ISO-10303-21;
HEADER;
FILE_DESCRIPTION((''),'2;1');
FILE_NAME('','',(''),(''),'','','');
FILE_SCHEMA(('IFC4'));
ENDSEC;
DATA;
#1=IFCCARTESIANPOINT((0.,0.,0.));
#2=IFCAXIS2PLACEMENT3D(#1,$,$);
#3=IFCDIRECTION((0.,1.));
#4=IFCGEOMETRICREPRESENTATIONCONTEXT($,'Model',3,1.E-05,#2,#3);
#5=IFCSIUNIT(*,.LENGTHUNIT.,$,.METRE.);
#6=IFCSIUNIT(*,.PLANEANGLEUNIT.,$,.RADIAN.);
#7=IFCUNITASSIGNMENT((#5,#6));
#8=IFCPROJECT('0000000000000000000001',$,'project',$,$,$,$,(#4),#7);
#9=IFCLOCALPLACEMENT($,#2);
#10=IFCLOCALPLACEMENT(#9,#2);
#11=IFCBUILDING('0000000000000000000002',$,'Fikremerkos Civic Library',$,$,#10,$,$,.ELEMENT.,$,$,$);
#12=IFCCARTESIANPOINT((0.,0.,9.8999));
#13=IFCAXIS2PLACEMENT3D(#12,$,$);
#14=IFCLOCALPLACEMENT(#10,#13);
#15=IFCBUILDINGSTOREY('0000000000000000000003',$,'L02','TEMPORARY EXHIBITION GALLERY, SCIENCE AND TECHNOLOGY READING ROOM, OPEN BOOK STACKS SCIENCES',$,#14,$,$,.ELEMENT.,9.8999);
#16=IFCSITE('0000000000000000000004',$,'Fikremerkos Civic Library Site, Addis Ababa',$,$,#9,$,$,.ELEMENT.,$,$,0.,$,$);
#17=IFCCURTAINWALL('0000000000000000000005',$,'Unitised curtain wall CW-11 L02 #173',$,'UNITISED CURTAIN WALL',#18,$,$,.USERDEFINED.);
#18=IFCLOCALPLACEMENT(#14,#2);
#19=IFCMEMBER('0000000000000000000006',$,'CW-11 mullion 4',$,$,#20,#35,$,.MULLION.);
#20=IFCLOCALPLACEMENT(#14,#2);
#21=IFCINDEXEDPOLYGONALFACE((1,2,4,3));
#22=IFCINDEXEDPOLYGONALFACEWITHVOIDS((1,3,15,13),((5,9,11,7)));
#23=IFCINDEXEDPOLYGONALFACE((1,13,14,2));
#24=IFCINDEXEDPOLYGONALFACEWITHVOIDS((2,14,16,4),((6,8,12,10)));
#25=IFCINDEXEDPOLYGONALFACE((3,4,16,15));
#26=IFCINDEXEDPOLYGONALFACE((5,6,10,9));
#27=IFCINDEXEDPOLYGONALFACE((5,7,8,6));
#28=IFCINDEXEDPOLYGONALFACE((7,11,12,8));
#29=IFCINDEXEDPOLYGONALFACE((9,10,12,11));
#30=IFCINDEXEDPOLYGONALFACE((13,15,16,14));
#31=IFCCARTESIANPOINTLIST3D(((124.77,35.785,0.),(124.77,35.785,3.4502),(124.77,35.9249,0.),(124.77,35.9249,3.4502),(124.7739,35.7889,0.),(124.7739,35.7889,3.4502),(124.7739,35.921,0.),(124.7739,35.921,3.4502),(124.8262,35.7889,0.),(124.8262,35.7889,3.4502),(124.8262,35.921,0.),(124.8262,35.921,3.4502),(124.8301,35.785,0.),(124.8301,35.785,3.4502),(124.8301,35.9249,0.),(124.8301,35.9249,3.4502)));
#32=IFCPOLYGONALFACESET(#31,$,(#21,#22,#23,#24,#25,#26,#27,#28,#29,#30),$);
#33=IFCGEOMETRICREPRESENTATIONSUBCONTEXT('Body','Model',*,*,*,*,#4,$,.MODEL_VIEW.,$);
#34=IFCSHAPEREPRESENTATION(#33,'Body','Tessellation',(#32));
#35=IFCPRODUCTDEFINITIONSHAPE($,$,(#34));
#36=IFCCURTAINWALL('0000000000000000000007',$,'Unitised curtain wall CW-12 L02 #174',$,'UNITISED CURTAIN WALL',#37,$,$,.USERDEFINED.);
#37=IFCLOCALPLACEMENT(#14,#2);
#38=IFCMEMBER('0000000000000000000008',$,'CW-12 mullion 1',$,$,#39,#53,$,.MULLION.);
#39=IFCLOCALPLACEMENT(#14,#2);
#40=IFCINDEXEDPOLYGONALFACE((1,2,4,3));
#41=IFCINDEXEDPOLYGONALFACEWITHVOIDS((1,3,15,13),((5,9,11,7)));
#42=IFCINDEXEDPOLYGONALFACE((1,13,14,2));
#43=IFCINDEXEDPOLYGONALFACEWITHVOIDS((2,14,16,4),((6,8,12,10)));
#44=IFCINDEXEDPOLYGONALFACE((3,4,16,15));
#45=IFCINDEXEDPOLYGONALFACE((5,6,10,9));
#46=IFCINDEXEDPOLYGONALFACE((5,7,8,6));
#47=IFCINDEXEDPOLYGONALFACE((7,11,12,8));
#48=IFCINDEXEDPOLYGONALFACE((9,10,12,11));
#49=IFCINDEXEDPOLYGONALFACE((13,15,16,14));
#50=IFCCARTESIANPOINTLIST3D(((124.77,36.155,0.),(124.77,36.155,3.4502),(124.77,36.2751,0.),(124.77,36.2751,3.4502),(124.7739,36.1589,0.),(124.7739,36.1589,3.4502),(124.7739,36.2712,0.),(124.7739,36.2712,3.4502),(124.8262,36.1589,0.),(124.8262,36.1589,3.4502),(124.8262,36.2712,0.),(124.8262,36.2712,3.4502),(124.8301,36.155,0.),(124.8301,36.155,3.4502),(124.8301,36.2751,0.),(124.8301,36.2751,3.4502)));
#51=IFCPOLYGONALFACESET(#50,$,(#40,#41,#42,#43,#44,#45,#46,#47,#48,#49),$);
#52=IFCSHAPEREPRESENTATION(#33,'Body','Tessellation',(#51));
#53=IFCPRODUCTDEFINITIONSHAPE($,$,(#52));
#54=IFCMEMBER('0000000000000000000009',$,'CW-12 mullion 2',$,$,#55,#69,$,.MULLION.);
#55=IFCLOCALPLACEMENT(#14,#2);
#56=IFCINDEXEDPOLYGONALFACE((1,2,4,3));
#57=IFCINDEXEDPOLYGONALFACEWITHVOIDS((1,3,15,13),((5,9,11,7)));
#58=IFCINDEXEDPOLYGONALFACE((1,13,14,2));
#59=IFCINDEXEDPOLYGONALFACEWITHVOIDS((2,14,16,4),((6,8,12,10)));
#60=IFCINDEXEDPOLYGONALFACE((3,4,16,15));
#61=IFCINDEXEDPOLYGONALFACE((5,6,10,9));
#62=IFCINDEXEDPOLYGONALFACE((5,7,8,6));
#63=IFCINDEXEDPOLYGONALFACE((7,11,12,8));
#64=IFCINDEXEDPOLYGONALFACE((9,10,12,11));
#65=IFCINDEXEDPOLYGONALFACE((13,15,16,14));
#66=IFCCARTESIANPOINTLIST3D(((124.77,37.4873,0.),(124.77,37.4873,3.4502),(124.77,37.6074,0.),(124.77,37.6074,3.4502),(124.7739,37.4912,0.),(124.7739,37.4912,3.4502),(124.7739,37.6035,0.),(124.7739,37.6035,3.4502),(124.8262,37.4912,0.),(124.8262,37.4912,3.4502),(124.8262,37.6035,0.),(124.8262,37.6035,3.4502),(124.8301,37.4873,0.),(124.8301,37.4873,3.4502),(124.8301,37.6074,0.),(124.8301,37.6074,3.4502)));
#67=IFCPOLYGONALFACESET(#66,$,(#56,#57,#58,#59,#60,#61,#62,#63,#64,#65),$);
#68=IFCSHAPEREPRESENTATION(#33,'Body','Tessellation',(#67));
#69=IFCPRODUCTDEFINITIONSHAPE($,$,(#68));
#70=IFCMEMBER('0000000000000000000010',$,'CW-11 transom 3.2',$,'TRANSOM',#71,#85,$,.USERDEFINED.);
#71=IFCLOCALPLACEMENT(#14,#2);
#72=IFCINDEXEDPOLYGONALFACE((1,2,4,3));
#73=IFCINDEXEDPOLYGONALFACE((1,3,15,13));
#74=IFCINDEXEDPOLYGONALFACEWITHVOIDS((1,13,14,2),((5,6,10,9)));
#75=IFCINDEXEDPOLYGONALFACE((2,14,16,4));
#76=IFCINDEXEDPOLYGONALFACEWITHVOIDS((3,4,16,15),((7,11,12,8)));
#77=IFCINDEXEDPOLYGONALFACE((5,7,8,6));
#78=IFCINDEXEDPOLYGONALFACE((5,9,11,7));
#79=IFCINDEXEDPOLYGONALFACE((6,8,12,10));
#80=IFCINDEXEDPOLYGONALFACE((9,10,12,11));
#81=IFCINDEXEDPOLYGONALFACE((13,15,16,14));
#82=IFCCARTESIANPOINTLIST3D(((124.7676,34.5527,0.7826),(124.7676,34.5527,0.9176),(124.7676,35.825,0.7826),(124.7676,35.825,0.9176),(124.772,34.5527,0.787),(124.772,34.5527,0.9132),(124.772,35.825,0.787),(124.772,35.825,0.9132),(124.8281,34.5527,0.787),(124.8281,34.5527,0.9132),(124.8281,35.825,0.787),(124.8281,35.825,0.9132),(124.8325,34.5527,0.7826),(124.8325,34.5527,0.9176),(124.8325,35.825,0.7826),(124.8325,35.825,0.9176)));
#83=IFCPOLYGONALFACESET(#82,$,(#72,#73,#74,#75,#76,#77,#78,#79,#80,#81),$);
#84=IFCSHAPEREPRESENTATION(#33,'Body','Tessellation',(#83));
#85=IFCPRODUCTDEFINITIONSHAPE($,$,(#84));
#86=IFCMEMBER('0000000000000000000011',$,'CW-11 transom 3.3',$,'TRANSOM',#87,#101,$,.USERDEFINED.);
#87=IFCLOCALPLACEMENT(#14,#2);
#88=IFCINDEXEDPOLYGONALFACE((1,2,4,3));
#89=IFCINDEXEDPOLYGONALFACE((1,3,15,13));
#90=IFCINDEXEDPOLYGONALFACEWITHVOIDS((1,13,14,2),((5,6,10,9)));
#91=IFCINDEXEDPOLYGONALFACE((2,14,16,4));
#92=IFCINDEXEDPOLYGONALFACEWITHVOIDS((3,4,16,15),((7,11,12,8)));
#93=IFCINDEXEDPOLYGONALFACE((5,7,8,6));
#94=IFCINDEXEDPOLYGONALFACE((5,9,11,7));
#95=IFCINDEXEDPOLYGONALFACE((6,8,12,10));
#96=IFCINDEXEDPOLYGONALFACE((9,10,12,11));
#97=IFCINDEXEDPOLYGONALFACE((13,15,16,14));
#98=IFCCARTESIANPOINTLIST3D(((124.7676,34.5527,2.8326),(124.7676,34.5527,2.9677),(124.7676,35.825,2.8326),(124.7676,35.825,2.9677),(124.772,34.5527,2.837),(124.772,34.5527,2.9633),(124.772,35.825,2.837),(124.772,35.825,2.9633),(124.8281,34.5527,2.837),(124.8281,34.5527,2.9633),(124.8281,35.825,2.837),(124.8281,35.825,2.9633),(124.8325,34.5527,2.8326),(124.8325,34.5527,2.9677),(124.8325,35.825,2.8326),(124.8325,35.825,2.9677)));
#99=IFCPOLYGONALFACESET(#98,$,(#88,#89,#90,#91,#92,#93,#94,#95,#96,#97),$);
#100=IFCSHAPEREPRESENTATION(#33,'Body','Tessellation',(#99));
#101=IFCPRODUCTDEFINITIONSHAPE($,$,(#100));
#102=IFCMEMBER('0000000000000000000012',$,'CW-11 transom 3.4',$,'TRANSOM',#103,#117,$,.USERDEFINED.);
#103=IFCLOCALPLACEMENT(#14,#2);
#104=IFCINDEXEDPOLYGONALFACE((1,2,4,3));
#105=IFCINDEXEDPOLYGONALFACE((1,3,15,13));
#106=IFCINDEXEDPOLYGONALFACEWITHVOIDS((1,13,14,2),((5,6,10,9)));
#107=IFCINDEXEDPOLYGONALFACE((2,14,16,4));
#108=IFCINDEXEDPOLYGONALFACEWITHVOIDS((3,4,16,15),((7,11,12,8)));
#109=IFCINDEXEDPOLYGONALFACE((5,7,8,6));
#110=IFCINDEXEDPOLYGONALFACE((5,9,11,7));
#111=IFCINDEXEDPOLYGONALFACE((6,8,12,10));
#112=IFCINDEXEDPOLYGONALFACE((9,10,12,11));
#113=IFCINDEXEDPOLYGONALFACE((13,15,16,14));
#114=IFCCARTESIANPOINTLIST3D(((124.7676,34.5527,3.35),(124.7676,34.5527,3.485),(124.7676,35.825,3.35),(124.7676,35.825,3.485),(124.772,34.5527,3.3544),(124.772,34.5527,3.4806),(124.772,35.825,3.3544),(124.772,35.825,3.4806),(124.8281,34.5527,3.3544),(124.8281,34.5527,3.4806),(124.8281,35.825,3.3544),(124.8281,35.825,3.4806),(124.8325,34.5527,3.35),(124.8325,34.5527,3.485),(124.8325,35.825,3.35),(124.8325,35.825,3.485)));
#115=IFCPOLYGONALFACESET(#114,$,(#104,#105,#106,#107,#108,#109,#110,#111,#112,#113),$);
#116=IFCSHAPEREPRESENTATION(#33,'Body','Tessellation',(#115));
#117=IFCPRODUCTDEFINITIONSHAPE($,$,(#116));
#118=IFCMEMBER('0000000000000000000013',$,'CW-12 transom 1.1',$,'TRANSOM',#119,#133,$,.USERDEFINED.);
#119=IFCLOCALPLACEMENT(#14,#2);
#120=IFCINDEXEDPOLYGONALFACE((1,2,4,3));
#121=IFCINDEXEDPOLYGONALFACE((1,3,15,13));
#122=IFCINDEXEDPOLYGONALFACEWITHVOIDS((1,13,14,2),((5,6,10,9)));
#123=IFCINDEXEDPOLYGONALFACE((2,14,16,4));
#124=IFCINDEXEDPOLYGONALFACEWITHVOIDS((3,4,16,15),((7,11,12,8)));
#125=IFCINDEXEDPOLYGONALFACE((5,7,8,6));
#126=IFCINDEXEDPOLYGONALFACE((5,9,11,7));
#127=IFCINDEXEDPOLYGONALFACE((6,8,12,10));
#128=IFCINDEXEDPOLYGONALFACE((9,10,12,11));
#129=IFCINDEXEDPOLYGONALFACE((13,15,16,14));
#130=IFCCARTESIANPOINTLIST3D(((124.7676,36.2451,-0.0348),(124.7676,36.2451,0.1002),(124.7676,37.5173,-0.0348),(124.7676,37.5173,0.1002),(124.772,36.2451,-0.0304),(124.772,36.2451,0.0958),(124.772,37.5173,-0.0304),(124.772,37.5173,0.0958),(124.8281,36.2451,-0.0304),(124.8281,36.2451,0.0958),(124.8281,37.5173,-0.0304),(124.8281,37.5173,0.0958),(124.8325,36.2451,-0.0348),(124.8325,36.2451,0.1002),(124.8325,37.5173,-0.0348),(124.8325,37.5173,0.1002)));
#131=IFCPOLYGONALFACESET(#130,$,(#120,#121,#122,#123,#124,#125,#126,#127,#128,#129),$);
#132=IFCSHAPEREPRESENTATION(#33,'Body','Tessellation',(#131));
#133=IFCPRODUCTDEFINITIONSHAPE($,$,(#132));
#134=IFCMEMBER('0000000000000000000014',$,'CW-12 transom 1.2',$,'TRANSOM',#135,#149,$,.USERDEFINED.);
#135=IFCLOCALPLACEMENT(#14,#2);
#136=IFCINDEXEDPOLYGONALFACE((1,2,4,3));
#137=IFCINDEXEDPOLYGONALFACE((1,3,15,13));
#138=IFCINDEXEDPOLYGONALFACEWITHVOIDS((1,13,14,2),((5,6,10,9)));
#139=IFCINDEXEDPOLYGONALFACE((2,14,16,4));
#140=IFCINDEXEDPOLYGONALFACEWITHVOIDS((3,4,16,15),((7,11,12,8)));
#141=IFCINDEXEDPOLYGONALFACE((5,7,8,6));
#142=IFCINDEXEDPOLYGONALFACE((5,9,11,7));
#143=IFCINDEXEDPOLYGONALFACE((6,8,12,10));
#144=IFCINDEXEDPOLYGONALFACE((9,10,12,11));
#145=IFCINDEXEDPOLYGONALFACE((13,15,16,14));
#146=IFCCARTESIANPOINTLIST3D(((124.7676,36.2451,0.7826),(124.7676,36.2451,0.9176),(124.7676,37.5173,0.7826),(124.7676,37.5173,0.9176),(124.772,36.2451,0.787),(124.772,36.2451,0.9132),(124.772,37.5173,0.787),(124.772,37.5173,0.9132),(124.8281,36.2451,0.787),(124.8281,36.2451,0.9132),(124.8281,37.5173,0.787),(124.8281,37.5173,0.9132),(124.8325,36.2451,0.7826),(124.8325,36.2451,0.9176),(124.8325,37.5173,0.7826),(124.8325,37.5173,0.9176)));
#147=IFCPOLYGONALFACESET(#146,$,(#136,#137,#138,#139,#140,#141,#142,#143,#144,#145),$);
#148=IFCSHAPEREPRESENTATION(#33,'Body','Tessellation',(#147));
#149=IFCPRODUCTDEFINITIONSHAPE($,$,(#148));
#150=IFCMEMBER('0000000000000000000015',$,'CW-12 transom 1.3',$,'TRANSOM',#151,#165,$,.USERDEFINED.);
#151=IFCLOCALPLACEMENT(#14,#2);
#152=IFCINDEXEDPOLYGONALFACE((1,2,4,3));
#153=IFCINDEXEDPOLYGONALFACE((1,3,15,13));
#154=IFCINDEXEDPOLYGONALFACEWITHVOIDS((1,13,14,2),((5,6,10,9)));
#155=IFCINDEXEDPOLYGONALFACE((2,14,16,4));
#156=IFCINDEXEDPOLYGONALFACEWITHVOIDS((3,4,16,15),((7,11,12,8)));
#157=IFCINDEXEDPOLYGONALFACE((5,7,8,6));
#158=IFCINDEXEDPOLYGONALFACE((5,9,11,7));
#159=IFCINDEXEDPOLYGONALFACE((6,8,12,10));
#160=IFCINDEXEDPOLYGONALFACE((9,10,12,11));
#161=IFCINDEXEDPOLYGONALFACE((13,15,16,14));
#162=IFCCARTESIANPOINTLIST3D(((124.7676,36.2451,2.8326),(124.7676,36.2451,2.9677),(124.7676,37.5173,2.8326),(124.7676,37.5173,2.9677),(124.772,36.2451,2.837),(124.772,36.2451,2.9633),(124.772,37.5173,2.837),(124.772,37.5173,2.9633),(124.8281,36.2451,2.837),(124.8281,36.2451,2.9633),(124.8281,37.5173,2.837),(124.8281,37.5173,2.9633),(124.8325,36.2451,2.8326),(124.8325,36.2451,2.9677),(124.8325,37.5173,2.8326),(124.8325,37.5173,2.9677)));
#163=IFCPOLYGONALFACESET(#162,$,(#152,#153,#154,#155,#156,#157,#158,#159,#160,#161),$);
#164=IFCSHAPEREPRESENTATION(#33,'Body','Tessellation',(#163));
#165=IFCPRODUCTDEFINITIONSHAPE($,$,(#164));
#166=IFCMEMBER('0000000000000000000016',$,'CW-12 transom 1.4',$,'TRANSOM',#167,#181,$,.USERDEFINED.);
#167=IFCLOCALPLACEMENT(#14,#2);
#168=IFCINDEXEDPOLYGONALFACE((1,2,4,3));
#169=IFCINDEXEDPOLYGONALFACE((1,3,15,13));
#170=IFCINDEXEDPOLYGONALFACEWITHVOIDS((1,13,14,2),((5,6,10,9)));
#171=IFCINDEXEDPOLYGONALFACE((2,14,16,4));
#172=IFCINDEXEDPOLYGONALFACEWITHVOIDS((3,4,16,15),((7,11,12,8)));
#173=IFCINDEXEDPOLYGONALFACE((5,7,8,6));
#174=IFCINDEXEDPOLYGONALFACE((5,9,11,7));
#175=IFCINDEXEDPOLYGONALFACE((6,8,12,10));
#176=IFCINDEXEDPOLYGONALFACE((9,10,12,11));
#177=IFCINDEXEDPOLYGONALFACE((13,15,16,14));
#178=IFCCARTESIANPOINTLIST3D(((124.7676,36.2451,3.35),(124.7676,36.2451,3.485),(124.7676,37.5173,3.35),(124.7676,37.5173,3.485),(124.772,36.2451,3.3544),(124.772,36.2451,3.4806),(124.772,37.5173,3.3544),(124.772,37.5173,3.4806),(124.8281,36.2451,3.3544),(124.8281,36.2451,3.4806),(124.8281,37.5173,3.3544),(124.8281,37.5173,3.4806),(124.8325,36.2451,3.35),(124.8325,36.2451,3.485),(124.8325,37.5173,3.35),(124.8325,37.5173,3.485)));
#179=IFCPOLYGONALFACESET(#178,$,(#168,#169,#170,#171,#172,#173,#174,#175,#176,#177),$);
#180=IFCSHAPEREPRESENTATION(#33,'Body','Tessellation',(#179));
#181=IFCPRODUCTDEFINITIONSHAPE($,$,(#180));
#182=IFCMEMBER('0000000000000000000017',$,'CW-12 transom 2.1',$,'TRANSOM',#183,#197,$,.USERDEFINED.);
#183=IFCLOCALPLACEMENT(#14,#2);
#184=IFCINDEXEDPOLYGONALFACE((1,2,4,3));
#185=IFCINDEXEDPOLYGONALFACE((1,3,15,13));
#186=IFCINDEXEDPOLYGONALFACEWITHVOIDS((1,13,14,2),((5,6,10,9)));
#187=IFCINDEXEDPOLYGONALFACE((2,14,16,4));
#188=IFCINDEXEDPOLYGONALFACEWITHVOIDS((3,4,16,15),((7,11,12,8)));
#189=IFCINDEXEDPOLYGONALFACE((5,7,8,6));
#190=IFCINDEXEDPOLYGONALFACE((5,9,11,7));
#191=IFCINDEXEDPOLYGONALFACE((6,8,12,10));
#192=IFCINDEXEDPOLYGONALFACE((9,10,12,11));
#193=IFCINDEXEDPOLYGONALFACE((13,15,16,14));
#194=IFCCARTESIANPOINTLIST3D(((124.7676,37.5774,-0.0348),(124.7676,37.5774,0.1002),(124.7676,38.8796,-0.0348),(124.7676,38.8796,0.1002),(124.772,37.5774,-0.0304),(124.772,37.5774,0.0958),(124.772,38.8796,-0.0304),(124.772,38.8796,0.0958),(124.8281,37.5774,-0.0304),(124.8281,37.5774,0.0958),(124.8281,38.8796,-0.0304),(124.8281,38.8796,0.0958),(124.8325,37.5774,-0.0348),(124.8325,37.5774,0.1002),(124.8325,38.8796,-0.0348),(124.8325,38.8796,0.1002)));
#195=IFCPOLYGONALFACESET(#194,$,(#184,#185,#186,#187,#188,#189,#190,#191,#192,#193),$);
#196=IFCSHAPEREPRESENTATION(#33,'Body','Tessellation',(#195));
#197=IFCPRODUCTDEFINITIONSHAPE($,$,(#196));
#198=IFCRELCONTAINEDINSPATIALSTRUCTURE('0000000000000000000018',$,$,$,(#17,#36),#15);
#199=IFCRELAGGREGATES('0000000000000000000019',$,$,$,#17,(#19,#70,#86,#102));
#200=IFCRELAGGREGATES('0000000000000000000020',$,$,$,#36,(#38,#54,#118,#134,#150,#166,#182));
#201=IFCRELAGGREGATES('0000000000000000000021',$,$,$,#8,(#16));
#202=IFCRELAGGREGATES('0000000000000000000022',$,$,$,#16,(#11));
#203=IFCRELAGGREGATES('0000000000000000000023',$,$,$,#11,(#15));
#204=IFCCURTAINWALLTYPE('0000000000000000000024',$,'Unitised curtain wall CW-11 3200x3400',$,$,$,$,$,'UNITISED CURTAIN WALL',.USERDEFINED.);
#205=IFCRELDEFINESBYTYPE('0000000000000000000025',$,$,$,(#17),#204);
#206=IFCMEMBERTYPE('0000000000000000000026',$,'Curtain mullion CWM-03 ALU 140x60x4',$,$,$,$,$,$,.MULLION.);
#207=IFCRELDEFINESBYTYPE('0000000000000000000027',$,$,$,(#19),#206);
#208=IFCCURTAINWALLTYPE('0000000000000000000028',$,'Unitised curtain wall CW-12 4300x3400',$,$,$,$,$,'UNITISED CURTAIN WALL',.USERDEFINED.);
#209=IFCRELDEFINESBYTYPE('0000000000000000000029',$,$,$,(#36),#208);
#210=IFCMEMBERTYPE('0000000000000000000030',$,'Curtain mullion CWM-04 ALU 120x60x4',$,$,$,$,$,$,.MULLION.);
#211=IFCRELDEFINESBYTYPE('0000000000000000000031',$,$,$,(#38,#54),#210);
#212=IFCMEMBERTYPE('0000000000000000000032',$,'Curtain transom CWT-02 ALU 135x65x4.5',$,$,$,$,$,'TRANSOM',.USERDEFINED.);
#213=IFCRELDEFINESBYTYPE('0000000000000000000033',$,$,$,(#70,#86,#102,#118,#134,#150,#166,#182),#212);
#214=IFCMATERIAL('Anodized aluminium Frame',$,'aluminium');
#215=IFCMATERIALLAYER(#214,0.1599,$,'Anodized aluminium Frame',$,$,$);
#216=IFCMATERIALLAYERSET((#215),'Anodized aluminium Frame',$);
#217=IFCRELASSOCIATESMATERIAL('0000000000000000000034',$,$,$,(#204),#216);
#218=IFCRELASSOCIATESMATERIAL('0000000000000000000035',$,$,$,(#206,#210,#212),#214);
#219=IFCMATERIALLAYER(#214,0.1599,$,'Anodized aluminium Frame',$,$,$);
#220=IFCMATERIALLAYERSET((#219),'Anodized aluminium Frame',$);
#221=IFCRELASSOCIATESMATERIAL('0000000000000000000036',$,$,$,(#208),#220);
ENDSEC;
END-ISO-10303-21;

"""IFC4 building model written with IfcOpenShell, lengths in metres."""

from ifc_helpers import new_model, si_unit, direction, frame, origin, origin_2d, place, context, subcontext, project, spatial, hollow_rectangle, extrude, material, layer, layer_set, material_profile, profile_set, type_object, element, aggregate, save


model = new_model("IFC4")

# Units and contexts
model_context = context("Model", 3, precision=1e-05, world=origin(), true_north=direction((0.0, 1.0)))
body_context = subcontext(model_context, "Body", "Model", "MODEL_VIEW")
ifc_project = project(units=[si_unit("LENGTHUNIT", "METRE"), si_unit("PLANEANGLEUNIT", "RADIAN")], contexts=[model_context])

# Site, building, storey
site_placement = place(None, origin())
site = spatial("IfcSite", under=ifc_project, at=site_placement, Name="Fikremerkos Civic Library Site, Addis Ababa", CompositionType="ELEMENT", RefElevation=0.0)
building_placement = place(site_placement, origin())
building = spatial("IfcBuilding", under=site, at=building_placement, Name="Fikremerkos Civic Library", CompositionType="ELEMENT")
storey_placement = place(building_placement, frame((0.0, 0.0, 9.8999)))
storey = spatial("IfcBuildingStorey", under=building, at=storey_placement, Name="L02", Description="TEMPORARY EXHIBITION GALLERY, SCIENCE AND TECHNOLOGY READING ROOM, OPEN BOOK STACKS SCIENCES", CompositionType="ELEMENT", Elevation=9.8999)

# Curtain wall, member
ifc_material_1 = material(Name="Anodized aluminium Frame", Category="aluminium")
ifc_layer_1 = layer(ifc_material_1, 0.1599, Name="Anodized aluminium Frame")
ifc_layer_set_1 = layer_set([ifc_layer_1], Name="Anodized aluminium Frame")
curtain_wall_type_1 = type_object("IfcCurtainWallType", Name="Unitised curtain wall CW-11 3200x3400", ElementType="UNITISED CURTAIN WALL", PredefinedType="USERDEFINED", material=ifc_layer_set_1)
curtain_wall_1_placement = place(storey_placement, origin())
curtain_wall_1 = element("IfcCurtainWall", 1, at=curtain_wall_1_placement, inside=storey, type_object=curtain_wall_type_1, Name="Unitised curtain wall CW-11 L02 #173", ObjectType="UNITISED CURTAIN WALL", PredefinedType="USERDEFINED")
ifc_material_profile_1 = material_profile(ifc_material_1, hollow_rectangle(XDim=0.0601, YDim=0.1399, WallThickness=0.0039, at=origin_2d()), Name="ALU 140x60x4")
ifc_profile_set_1 = profile_set([ifc_material_profile_1], Name="Anodized aluminium Frame")
member_type_1 = type_object("IfcMemberType", Name="Curtain mullion CWM-03 ALU 140x60x4", PredefinedType="MULLION", material=ifc_profile_set_1)
member_1_placement = place(storey_placement, frame((124.8, 35.855, 0.0), z_axis=(0.0, 0.0, 1.0), x_axis=(-1.0, 0.0, 0.0)))
member_1 = element("IfcMember", 2, at=member_1_placement, type_object=member_type_1, Name="CW-11 mullion 4", PredefinedType="MULLION", context=body_context, shape_type="SweptSolid", body=[
    extrude(hollow_rectangle(XDim=0.0601, YDim=0.1399, WallThickness=0.0039, at=origin_2d()), origin(), (0.0, 0.0, 1.0), 3.4502),
])

# Curtain wall, members
ifc_layer_2 = layer(ifc_material_1, 0.1599, Name="Anodized aluminium Frame")
ifc_layer_set_2 = layer_set([ifc_layer_2], Name="Anodized aluminium Frame")
curtain_wall_type_2 = type_object("IfcCurtainWallType", Name="Unitised curtain wall CW-12 4300x3400", ElementType="UNITISED CURTAIN WALL", PredefinedType="USERDEFINED", material=ifc_layer_set_2)
curtain_wall_2_placement = place(storey_placement, origin())
curtain_wall_2 = element("IfcCurtainWall", 3, at=curtain_wall_2_placement, inside=storey, type_object=curtain_wall_type_2, Name="Unitised curtain wall CW-12 L02 #174", ObjectType="UNITISED CURTAIN WALL", PredefinedType="USERDEFINED")
ifc_material_profile_2 = material_profile(ifc_material_1, hollow_rectangle(XDim=0.0601, YDim=0.1201, WallThickness=0.0039, at=origin_2d()), Name="ALU 120x60x4")
ifc_profile_set_2 = profile_set([ifc_material_profile_2], Name="Anodized aluminium Frame")
member_type_2 = type_object("IfcMemberType", Name="Curtain mullion CWM-04 ALU 120x60x4", PredefinedType="MULLION", material=ifc_profile_set_2)
member_2_placement = place(storey_placement, frame((124.8, 36.2151, 0.0), z_axis=(0.0, 0.0, 1.0), x_axis=(-1.0, 0.0, 0.0)))
member_2 = element("IfcMember", 4, at=member_2_placement, type_object=member_type_2, Name="CW-12 mullion 1", PredefinedType="MULLION", context=body_context, shape_type="SweptSolid", body=[
    extrude(hollow_rectangle(XDim=0.0601, YDim=0.1201, WallThickness=0.0039, at=origin_2d()), origin(), (0.0, 0.0, 1.0), 3.4502),
])
member_3_placement = place(storey_placement, frame((124.8, 37.5474, 0.0), z_axis=(0.0, 0.0, 1.0), x_axis=(-1.0, 0.0, 0.0)))
member_3 = element("IfcMember", 5, at=member_3_placement, type_object=member_type_2, Name="CW-12 mullion 2", PredefinedType="MULLION", context=body_context, shape_type="SweptSolid", body=[
    extrude(hollow_rectangle(XDim=0.0601, YDim=0.1201, WallThickness=0.0039, at=origin_2d()), origin(), (0.0, 0.0, 1.0), 3.4502),
])

# Members
ifc_material_profile_3 = material_profile(ifc_material_1, hollow_rectangle(XDim=0.0649, YDim=0.135, WallThickness=0.0044, at=origin_2d()), Name="ALU 135x65x4.5")
ifc_profile_set_3 = profile_set([ifc_material_profile_3], Name="Anodized aluminium Frame")
member_type_3 = type_object("IfcMemberType", Name="Curtain transom CWT-02 ALU 135x65x4.5", ElementType="TRANSOM", PredefinedType="USERDEFINED", material=ifc_profile_set_3)
member_4_placement = place(storey_placement, frame((124.8, 34.5527, 0.8501), z_axis=(0.0, 1.0, 0.0), x_axis=(-1.0, 0.0, 0.0)))
member_4 = element("IfcMember", 6, at=member_4_placement, type_object=member_type_3, Name="CW-11 transom 3.2", ObjectType="TRANSOM", PredefinedType="USERDEFINED", context=body_context, shape_type="SweptSolid", body=[
    extrude(hollow_rectangle(XDim=0.0649, YDim=0.135, WallThickness=0.0044, at=origin_2d()), origin(), (0.0, 0.0, 1.0), 1.2722),
])
member_5_placement = place(storey_placement, frame((124.8, 34.5527, 2.9001), z_axis=(0.0, 1.0, 0.0), x_axis=(-1.0, 0.0, 0.0)))
member_5 = element("IfcMember", 7, at=member_5_placement, type_object=member_type_3, Name="CW-11 transom 3.3", ObjectType="TRANSOM", PredefinedType="USERDEFINED", context=body_context, shape_type="SweptSolid", body=[
    extrude(hollow_rectangle(XDim=0.0649, YDim=0.135, WallThickness=0.0044, at=origin_2d()), origin(), (0.0, 0.0, 1.0), 1.2722),
])
member_6_placement = place(storey_placement, frame((124.8, 34.5527, 3.4175), z_axis=(0.0, 1.0, 0.0), x_axis=(-1.0, 0.0, 0.0)))
member_6 = element("IfcMember", 8, at=member_6_placement, type_object=member_type_3, Name="CW-11 transom 3.4", ObjectType="TRANSOM", PredefinedType="USERDEFINED", context=body_context, shape_type="SweptSolid", body=[
    extrude(hollow_rectangle(XDim=0.0649, YDim=0.135, WallThickness=0.0044, at=origin_2d()), origin(), (0.0, 0.0, 1.0), 1.2722),
])
member_7_placement = place(storey_placement, frame((124.8, 36.2451, 0.0327), z_axis=(0.0, 1.0, 0.0), x_axis=(-1.0, 0.0, 0.0)))
member_7 = element("IfcMember", 9, at=member_7_placement, type_object=member_type_3, Name="CW-12 transom 1.1", ObjectType="TRANSOM", PredefinedType="USERDEFINED", context=body_context, shape_type="SweptSolid", body=[
    extrude(hollow_rectangle(XDim=0.0649, YDim=0.135, WallThickness=0.0044, at=origin_2d()), origin(), (0.0, 0.0, 1.0), 1.2722),
])
member_8_placement = place(storey_placement, frame((124.8, 36.2451, 0.8501), z_axis=(0.0, 1.0, 0.0), x_axis=(-1.0, 0.0, 0.0)))
member_8 = element("IfcMember", 10, at=member_8_placement, type_object=member_type_3, Name="CW-12 transom 1.2", ObjectType="TRANSOM", PredefinedType="USERDEFINED", context=body_context, shape_type="SweptSolid", body=[
    extrude(hollow_rectangle(XDim=0.0649, YDim=0.135, WallThickness=0.0044, at=origin_2d()), origin(), (0.0, 0.0, 1.0), 1.2722),
])
member_9_placement = place(storey_placement, frame((124.8, 36.2451, 2.9001), z_axis=(0.0, 1.0, 0.0), x_axis=(-1.0, 0.0, 0.0)))
member_9 = element("IfcMember", 11, at=member_9_placement, type_object=member_type_3, Name="CW-12 transom 1.3", ObjectType="TRANSOM", PredefinedType="USERDEFINED", context=body_context, shape_type="SweptSolid", body=[
    extrude(hollow_rectangle(XDim=0.0649, YDim=0.135, WallThickness=0.0044, at=origin_2d()), origin(), (0.0, 0.0, 1.0), 1.2722),
])
member_10_placement = place(storey_placement, frame((124.8, 36.2451, 3.4175), z_axis=(0.0, 1.0, 0.0), x_axis=(-1.0, 0.0, 0.0)))
member_10 = element("IfcMember", 12, at=member_10_placement, type_object=member_type_3, Name="CW-12 transom 1.4", ObjectType="TRANSOM", PredefinedType="USERDEFINED", context=body_context, shape_type="SweptSolid", body=[
    extrude(hollow_rectangle(XDim=0.0649, YDim=0.135, WallThickness=0.0044, at=origin_2d()), origin(), (0.0, 0.0, 1.0), 1.2722),
])
member_11_placement = place(storey_placement, frame((124.8, 37.5774, 0.0327), z_axis=(0.0, 1.0, 0.0), x_axis=(-1.0, 0.0, 0.0)))
member_11 = element("IfcMember", 13, at=member_11_placement, type_object=member_type_3, Name="CW-12 transom 2.1", ObjectType="TRANSOM", PredefinedType="USERDEFINED", context=body_context, shape_type="SweptSolid", body=[
    extrude(hollow_rectangle(XDim=0.0649, YDim=0.135, WallThickness=0.0044, at=origin_2d()), origin(), (0.0, 0.0, 1.0), 1.3022),
])

aggregate(curtain_wall_1, [member_1, member_4, member_5, member_6])
aggregate(curtain_wall_2, [member_2, member_3, member_7, member_8, member_9, member_10, member_11])

save(model, "model.ifc")
